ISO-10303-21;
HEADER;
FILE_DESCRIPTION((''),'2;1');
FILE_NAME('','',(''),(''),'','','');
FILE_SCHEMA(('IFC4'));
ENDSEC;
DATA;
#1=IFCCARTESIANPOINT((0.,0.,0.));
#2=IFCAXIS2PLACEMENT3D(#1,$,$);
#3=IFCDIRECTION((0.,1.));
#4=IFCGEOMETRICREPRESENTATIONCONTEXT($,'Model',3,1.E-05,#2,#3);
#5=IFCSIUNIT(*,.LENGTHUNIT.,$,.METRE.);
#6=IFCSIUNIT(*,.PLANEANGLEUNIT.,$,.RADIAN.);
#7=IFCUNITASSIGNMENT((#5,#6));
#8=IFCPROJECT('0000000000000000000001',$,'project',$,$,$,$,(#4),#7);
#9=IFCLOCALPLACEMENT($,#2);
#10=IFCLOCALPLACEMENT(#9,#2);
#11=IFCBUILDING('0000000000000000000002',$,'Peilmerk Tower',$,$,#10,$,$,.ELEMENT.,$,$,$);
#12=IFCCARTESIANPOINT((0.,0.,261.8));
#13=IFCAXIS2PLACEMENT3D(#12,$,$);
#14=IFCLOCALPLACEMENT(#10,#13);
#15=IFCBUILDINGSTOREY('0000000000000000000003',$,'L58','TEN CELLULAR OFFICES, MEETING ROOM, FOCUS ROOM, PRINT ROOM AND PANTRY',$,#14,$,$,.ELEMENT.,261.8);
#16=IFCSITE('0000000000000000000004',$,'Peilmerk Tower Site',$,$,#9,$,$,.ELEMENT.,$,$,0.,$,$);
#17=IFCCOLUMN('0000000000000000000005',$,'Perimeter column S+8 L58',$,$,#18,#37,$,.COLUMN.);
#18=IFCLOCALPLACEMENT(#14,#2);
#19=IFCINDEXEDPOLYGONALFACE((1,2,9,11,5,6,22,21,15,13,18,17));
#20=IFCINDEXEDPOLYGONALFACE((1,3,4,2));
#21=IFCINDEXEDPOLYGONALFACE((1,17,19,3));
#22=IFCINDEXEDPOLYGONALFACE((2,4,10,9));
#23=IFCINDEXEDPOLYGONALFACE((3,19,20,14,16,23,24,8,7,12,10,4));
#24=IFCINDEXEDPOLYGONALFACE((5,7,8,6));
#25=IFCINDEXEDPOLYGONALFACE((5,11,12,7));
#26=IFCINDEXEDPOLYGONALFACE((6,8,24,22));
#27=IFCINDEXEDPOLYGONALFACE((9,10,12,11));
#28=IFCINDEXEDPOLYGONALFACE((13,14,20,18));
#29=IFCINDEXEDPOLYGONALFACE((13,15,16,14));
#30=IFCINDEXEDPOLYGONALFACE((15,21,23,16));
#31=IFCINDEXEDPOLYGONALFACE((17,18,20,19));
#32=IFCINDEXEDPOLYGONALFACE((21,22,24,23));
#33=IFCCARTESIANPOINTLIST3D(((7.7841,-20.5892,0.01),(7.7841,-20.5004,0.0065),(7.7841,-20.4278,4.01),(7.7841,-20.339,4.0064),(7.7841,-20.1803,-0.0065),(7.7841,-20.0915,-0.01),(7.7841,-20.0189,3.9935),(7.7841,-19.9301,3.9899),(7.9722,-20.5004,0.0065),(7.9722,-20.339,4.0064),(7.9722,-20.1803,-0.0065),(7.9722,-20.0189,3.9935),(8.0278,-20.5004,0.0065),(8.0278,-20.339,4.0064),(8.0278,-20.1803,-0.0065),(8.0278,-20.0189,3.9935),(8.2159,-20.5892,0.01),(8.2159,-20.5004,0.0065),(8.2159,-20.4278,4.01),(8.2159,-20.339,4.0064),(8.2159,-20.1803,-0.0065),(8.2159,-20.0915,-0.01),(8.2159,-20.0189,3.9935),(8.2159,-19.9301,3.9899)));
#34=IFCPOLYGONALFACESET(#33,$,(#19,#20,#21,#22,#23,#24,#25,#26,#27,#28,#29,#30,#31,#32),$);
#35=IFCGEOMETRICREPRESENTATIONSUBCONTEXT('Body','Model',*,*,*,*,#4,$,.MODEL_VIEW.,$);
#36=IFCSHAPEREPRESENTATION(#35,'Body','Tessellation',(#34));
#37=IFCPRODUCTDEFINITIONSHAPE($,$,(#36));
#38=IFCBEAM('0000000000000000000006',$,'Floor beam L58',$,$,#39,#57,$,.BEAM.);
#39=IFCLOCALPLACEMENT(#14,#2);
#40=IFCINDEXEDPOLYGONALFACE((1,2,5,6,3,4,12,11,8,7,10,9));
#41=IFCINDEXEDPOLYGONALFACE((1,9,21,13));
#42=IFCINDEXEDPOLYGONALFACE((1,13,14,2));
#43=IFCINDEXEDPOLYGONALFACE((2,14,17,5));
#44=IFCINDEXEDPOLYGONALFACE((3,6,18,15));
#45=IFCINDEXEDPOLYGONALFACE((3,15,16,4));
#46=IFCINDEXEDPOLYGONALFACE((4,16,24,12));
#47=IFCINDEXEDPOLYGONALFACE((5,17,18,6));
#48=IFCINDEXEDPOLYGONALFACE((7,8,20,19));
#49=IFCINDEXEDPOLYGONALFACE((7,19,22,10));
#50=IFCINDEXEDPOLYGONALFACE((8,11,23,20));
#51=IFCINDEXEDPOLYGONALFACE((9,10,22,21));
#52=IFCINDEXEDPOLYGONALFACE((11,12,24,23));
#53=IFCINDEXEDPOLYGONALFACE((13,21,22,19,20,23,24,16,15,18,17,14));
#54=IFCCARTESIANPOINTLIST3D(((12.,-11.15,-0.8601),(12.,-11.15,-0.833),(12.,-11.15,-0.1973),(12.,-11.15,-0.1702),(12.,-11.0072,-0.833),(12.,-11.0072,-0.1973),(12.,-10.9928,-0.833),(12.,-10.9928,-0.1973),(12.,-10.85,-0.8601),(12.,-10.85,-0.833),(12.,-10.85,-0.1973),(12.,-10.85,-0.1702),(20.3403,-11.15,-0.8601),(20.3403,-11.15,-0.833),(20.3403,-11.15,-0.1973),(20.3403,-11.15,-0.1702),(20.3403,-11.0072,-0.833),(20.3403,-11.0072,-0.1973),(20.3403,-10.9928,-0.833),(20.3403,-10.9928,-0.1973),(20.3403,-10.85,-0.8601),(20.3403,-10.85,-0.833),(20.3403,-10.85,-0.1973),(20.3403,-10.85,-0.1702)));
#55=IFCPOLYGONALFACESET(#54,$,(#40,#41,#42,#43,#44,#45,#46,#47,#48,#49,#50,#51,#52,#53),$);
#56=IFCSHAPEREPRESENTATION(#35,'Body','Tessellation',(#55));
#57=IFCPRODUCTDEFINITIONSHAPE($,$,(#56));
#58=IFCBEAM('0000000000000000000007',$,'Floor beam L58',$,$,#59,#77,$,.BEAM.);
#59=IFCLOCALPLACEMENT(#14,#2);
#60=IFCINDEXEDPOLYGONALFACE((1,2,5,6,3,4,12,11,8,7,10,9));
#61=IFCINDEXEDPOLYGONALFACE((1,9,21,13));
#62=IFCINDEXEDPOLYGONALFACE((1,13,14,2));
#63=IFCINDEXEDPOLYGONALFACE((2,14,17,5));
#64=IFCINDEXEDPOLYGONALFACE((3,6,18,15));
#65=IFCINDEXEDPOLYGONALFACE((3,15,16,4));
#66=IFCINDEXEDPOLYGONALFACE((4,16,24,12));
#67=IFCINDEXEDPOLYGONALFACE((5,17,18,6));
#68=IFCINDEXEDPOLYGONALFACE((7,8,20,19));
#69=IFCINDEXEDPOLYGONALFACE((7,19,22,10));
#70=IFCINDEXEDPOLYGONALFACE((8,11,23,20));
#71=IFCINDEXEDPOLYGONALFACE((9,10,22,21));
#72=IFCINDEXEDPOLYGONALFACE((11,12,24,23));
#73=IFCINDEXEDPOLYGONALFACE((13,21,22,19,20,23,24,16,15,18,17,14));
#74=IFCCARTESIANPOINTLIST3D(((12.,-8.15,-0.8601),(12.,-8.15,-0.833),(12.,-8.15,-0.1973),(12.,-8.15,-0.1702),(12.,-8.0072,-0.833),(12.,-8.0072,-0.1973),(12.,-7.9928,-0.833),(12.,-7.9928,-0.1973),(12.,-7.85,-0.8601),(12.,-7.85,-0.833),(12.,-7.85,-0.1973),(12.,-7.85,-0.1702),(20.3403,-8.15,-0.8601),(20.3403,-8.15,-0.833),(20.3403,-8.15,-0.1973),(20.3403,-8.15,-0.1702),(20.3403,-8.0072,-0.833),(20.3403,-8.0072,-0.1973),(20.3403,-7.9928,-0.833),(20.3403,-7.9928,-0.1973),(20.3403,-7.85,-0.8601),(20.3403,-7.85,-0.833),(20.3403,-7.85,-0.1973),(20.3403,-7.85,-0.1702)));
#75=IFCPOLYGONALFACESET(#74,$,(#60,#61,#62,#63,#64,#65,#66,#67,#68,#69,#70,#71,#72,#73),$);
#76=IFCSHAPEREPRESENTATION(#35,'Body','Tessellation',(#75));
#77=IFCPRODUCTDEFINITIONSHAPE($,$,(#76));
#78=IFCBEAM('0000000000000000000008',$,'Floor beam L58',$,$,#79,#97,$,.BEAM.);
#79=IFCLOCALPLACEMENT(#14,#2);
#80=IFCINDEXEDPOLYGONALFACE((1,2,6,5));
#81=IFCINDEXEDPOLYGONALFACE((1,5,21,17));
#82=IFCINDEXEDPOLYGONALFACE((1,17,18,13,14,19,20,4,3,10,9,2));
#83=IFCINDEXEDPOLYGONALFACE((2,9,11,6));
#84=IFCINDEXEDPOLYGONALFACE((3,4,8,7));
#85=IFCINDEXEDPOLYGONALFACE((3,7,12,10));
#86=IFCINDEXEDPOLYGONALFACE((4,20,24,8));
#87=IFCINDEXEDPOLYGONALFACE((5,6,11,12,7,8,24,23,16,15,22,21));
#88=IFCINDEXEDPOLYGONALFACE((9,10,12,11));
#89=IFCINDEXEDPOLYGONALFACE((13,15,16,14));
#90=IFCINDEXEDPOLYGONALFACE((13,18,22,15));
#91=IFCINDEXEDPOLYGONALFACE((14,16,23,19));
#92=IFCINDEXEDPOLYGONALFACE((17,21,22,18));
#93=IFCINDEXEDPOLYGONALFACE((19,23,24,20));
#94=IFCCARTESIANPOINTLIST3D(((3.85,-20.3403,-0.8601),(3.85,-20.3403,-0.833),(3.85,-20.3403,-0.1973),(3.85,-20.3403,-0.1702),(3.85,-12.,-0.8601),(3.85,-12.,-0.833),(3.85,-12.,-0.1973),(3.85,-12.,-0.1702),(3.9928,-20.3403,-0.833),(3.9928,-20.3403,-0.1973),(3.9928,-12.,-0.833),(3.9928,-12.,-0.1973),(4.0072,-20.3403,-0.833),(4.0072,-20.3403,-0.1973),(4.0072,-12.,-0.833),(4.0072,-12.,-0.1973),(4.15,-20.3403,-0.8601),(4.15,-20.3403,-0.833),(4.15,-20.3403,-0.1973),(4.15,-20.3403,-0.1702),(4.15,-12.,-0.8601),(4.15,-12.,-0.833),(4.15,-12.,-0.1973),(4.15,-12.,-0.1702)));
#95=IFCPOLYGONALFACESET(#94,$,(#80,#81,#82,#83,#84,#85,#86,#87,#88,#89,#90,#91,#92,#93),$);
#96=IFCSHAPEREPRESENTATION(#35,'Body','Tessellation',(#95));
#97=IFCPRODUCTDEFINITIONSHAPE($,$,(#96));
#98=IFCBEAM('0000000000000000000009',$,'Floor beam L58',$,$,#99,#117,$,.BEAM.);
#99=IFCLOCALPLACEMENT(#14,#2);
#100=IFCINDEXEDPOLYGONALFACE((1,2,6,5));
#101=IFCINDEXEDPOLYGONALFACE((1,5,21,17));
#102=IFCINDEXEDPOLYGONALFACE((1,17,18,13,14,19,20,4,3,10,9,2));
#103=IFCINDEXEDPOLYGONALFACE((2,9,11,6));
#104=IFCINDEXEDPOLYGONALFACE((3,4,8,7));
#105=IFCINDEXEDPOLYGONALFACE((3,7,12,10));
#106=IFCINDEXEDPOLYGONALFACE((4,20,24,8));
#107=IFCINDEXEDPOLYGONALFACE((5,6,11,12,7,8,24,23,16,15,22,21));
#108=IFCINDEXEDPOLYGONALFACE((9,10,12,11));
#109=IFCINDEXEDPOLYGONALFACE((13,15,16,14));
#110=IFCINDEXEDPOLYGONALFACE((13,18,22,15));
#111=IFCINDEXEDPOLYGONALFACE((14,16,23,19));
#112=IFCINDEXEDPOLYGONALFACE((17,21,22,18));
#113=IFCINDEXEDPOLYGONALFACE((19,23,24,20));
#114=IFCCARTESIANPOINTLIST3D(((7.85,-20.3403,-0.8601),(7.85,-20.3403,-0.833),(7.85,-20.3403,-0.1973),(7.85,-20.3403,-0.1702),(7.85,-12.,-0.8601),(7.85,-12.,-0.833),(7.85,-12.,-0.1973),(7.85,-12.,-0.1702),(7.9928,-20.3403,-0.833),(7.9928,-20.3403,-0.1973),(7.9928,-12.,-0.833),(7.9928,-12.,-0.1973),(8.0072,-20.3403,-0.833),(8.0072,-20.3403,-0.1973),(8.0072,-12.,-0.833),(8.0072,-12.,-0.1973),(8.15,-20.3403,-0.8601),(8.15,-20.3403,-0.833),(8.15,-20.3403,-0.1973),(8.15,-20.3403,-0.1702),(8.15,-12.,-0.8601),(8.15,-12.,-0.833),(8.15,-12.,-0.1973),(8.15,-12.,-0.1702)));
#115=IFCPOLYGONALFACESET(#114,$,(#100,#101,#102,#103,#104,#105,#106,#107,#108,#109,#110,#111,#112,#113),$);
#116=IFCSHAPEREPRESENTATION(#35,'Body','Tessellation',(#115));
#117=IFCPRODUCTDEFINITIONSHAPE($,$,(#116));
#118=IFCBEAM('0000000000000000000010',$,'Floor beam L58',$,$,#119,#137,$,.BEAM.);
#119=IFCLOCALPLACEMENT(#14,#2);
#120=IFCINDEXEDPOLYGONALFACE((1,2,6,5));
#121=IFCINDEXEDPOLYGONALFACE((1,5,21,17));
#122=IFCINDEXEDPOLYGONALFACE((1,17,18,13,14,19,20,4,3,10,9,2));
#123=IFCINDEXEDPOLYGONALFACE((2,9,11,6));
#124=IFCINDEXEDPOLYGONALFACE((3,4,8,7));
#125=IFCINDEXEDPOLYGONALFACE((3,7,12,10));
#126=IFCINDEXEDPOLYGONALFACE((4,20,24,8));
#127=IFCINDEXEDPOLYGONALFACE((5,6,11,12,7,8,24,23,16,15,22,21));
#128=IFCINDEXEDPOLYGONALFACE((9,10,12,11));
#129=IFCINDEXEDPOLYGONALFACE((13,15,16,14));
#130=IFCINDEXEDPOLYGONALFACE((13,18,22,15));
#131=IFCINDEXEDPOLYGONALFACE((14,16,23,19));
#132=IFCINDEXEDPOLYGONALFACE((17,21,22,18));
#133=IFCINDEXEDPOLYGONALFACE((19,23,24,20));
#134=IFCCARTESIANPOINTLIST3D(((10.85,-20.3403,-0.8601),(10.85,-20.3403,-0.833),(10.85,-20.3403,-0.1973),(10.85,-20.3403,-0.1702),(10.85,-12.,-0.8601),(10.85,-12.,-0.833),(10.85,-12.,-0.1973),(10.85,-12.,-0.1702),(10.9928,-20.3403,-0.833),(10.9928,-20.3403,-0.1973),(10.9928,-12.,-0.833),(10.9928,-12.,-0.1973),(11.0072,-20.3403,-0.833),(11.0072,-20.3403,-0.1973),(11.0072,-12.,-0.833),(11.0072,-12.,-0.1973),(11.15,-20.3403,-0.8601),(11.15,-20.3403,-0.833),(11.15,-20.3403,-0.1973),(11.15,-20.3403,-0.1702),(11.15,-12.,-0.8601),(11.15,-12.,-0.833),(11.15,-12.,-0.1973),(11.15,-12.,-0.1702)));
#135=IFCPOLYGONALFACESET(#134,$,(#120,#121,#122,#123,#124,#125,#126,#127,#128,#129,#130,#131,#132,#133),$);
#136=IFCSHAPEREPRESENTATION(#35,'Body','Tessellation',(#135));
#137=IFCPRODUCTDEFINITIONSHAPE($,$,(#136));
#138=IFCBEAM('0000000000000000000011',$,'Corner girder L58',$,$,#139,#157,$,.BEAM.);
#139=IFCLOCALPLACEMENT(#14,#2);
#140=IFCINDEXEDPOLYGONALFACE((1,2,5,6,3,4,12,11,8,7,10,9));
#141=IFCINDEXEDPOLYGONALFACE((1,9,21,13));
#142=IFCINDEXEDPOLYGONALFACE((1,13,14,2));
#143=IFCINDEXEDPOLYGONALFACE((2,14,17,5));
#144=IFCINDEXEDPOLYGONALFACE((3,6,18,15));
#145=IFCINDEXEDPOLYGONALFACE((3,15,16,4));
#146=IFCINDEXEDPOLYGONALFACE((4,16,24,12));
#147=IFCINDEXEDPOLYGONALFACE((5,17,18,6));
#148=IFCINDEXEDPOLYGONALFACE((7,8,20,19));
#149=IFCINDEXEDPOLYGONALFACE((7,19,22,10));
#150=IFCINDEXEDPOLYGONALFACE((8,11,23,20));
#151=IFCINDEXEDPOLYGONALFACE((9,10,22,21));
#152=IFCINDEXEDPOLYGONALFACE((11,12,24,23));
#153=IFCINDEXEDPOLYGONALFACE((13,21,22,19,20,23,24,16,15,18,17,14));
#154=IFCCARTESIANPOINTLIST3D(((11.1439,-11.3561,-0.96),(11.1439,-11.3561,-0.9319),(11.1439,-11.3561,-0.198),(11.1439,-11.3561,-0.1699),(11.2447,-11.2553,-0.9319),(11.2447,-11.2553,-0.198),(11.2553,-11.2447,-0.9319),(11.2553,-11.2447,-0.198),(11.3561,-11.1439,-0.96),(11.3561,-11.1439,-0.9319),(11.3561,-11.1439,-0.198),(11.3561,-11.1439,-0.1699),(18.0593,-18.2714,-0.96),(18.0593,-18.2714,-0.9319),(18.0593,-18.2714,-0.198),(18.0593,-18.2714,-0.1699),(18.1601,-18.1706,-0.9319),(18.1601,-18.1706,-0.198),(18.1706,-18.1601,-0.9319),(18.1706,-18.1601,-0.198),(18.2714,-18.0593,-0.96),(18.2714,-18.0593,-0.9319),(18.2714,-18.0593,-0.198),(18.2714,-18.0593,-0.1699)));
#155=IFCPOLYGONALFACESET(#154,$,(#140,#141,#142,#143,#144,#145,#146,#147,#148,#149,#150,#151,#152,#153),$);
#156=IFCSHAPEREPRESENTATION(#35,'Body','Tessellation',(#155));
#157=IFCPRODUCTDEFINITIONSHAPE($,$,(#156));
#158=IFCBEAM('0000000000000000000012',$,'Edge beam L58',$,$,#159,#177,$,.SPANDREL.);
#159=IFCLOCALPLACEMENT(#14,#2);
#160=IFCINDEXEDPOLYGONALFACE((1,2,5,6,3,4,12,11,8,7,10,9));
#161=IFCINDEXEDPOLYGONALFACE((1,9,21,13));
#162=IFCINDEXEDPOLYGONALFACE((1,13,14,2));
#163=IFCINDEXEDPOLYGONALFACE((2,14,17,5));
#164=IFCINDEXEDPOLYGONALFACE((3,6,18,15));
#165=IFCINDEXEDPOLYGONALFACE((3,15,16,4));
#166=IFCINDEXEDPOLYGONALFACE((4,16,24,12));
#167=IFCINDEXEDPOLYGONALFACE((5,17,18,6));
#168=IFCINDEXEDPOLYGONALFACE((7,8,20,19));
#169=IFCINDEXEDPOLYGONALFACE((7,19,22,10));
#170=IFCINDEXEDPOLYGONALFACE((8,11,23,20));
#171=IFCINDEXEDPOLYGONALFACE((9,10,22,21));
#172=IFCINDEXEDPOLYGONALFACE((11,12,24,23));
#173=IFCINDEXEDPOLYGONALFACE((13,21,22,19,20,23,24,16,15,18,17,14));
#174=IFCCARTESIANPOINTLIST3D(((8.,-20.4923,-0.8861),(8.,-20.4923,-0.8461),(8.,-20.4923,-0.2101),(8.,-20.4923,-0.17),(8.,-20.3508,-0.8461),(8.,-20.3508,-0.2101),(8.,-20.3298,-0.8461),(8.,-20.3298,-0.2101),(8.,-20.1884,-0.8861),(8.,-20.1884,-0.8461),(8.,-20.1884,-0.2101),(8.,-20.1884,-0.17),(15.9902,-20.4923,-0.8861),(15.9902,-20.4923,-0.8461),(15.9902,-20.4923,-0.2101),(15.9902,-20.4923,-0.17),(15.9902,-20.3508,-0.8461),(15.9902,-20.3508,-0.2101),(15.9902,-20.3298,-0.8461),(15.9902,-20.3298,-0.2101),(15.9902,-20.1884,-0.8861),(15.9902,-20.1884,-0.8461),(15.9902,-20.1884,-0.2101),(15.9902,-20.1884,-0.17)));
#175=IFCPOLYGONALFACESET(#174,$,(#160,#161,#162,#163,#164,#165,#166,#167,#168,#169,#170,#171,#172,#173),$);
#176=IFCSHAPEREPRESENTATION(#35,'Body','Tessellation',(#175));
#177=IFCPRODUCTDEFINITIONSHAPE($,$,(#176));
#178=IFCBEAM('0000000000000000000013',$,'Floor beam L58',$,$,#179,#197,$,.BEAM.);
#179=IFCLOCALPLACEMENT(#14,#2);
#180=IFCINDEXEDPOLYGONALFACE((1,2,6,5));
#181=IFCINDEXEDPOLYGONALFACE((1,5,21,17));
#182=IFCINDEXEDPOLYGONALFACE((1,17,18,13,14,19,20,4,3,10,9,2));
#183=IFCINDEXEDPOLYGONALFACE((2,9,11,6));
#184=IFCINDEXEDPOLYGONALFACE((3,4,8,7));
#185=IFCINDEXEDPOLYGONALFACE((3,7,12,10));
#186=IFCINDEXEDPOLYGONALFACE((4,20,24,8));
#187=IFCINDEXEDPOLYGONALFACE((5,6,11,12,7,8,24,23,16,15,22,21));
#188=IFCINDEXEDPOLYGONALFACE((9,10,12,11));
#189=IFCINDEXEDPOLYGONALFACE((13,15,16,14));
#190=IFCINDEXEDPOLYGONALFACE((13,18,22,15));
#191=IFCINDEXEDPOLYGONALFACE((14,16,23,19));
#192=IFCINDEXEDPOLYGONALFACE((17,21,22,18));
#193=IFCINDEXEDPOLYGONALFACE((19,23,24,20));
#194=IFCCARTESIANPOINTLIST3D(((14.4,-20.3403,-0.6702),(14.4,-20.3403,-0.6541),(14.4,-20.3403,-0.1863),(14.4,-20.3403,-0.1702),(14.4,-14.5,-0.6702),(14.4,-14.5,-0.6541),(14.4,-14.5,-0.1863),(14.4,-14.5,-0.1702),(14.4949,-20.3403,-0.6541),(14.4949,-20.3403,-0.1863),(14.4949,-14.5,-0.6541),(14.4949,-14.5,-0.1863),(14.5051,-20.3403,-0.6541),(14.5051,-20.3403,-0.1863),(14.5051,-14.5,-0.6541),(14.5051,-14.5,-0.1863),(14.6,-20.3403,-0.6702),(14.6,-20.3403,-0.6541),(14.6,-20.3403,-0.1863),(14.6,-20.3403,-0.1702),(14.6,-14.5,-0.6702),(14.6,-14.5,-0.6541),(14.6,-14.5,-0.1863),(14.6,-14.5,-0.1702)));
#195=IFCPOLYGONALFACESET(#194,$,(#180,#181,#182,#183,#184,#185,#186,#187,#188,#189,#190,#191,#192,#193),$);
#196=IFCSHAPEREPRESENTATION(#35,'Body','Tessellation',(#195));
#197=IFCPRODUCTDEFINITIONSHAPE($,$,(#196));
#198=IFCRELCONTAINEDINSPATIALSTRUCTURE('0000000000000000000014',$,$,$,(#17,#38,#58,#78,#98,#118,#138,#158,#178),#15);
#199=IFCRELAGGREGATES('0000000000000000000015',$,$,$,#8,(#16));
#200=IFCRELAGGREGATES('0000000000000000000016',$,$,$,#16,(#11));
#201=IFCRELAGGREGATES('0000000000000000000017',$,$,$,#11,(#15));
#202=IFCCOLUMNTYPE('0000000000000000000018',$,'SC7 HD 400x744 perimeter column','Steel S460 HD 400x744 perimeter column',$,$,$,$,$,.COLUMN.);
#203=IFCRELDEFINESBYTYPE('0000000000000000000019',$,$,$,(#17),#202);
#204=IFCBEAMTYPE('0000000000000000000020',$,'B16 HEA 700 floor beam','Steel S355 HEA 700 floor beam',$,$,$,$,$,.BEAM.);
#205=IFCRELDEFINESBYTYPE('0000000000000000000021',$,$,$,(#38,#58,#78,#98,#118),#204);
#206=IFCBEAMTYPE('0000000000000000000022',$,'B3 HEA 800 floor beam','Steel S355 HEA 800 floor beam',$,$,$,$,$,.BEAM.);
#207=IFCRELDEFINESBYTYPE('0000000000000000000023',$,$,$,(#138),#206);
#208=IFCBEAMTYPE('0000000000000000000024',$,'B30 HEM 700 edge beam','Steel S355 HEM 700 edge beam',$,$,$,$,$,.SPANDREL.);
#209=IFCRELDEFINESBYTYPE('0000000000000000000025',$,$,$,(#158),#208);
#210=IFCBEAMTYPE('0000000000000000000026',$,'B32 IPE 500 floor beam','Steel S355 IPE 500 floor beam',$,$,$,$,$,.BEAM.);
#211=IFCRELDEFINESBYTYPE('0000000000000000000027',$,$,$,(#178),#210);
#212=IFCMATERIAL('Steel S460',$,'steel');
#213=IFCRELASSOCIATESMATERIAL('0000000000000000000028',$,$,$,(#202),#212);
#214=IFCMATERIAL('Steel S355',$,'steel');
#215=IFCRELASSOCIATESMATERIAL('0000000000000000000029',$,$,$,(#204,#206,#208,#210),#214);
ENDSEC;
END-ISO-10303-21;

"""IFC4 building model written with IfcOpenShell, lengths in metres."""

from ifc_helpers import new_model, si_unit, direction, frame, origin, origin_2d, place, context, subcontext, project, spatial, i_section, extrude, material, material_profile, profile_set, type_object, element, save


model = new_model("IFC4")

# Units and contexts
model_context = context("Model", 3, precision=1e-05, world=origin(), true_north=direction((0.0, 1.0)))
body_context = subcontext(model_context, "Body", "Model", "MODEL_VIEW")
ifc_project = project(units=[si_unit("LENGTHUNIT", "METRE"), si_unit("PLANEANGLEUNIT", "RADIAN")], contexts=[model_context])

# Site, building, storey
site_placement = place(None, origin())
site = spatial("IfcSite", under=ifc_project, at=site_placement, Name="Peilmerk Tower Site", CompositionType="ELEMENT", RefElevation=0.0)
building_placement = place(site_placement, origin())
building = spatial("IfcBuilding", under=site, at=building_placement, Name="Peilmerk Tower", CompositionType="ELEMENT")
storey_placement = place(building_placement, frame((0.0, 0.0, 261.8)))
storey = spatial("IfcBuildingStorey", under=building, at=storey_placement, Name="L58", Description="TEN CELLULAR OFFICES, MEETING ROOM, FOCUS ROOM, PRINT ROOM AND PANTRY", CompositionType="ELEMENT", Elevation=261.8)

# Column
ifc_material_1 = material(Name="Steel S460", Category="steel")
ifc_material_profile_1 = material_profile(ifc_material_1, i_section(OverallWidth=0.4319, OverallDepth=0.498, WebThickness=0.0557, FlangeThickness=0.0889, at=origin_2d()), Name="HD 400x744")
ifc_profile_set_1 = profile_set([ifc_material_profile_1], Name="Steel S460")
column_type = type_object("IfcColumnType", Name="SC7 HD 400x744 perimeter column", Description="Steel S460 HD 400x744 perimeter column", PredefinedType="COLUMN", material=ifc_profile_set_1)
column_placement = place(storey_placement, frame((8.0, -20.3403, 0.0), z_axis=(0.0, 0.040311, 0.999187), x_axis=(-1.0, 0.0, 0.0)))
element("IfcColumn", 1, at=column_placement, inside=storey, type_object=column_type, Name="Perimeter column S+8 L58", PredefinedType="COLUMN", context=body_context, shape_type="SweptSolid", body=[
    extrude(i_section(OverallWidth=0.4319, OverallDepth=0.498, WebThickness=0.0557, FlangeThickness=0.0889, at=origin_2d()), origin(), (0.0, 0.0, 1.0), 4.0032),
])

# Beams
ifc_material_2 = material(Name="Steel S355", Category="steel")
ifc_material_profile_2 = material_profile(ifc_material_2, i_section(OverallWidth=0.3, OverallDepth=0.6899, WebThickness=0.0144, FlangeThickness=0.0271, at=origin_2d()), Name="HEA 700")
ifc_profile_set_2 = profile_set([ifc_material_profile_2], Name="Steel S355")
beam_type_1 = type_object("IfcBeamType", Name="B16 HEA 700 floor beam", Description="Steel S355 HEA 700 floor beam", PredefinedType="BEAM", material=ifc_profile_set_2)
for number, where, z_axis, x_axis, name in (
    (2, (12.0, -11.0, -0.5151), (1.0, 0.0, 0.0), (0.0, 1.0, 0.0), "Floor beam L58"),
    (3, (12.0, -8.0, -0.5151), (1.0, 0.0, 0.0), (0.0, 1.0, 0.0), "Floor beam L58"),
    (4, (4.0, -12.0, -0.5151), (0.0, -1.0, 0.0), (1.0, 0.0, 0.0), "Floor beam L58"),
    (5, (8.0, -12.0, -0.5151), (0.0, -1.0, 0.0), (1.0, 0.0, 0.0), "Floor beam L58"),
    (6, (11.0, -12.0, -0.5151), (0.0, -1.0, 0.0), (1.0, 0.0, 0.0), "Floor beam L58"),
):
    element("IfcBeam", number, at=place(storey_placement, frame(where, z_axis=z_axis, x_axis=x_axis)), inside=storey, type_object=beam_type_1, Name=name, PredefinedType="BEAM", context=body_context, shape_type="SweptSolid", body=[
        extrude(i_section(OverallWidth=0.3, OverallDepth=0.6899, WebThickness=0.0144, FlangeThickness=0.0271, at=origin_2d()), origin(), (0.0, 0.0, 1.0), 8.3403),
    ])
ifc_material_profile_3 = material_profile(ifc_material_2, i_section(OverallWidth=0.3, OverallDepth=0.79, WebThickness=0.0149, FlangeThickness=0.0281, at=origin_2d()), Name="HEA 800")
ifc_profile_set_3 = profile_set([ifc_material_profile_3], Name="Steel S355")
beam_type_2 = type_object("IfcBeamType", Name="B3 HEA 800 floor beam", Description="Steel S355 HEA 800 floor beam", PredefinedType="BEAM", material=ifc_profile_set_3)
beam_1_placement = place(storey_placement, frame((11.25, -11.25, -0.5649), z_axis=(0.707107, -0.707107, 0.0), x_axis=(0.707107, 0.707107, 0.0)))
element("IfcBeam", 7, at=beam_1_placement, inside=storey, type_object=beam_type_2, Name="Corner girder L58", PredefinedType="BEAM", context=body_context, shape_type="SweptSolid", body=[
    extrude(i_section(OverallWidth=0.3, OverallDepth=0.79, WebThickness=0.0149, FlangeThickness=0.0281, at=origin_2d()), origin(), (0.0, 0.0, 1.0), 9.7798),
])
ifc_material_profile_4 = material_profile(ifc_material_2, i_section(OverallWidth=0.304, OverallDepth=0.7161, WebThickness=0.021, FlangeThickness=0.04, at=origin_2d()), Name="HEM 700")
ifc_profile_set_4 = profile_set([ifc_material_profile_4], Name="Steel S355")
beam_type_3 = type_object("IfcBeamType", Name="B30 HEM 700 edge beam", Description="Steel S355 HEM 700 edge beam", PredefinedType="SPANDREL", material=ifc_profile_set_4)
beam_2_placement = place(storey_placement, frame((8.0, -20.3403, -0.5281), z_axis=(1.0, 0.0, 0.0), x_axis=(0.0, 1.0, 0.0)))
element("IfcBeam", 8, at=beam_2_placement, inside=storey, type_object=beam_type_3, Name="Edge beam L58", PredefinedType="SPANDREL", context=body_context, shape_type="SweptSolid", body=[
    extrude(i_section(OverallWidth=0.304, OverallDepth=0.7161, WebThickness=0.021, FlangeThickness=0.04, at=origin_2d()), origin(), (0.0, 0.0, 1.0), 7.9902),
])
ifc_material_profile_5 = material_profile(ifc_material_2, i_section(OverallWidth=0.2, OverallDepth=0.5, WebThickness=0.0103, FlangeThickness=0.0161, at=origin_2d()), Name="IPE 500")
ifc_profile_set_5 = profile_set([ifc_material_profile_5], Name="Steel S355")
beam_type_4 = type_object("IfcBeamType", Name="B32 IPE 500 floor beam", Description="Steel S355 IPE 500 floor beam", PredefinedType="BEAM", material=ifc_profile_set_5)
for number, where, z_axis, x_axis, name in (
    (9, (14.5, -14.5, -0.4202), (0.0, -1.0, 0.0), (1.0, 0.0, 0.0), "Floor beam L58"),
):
    element("IfcBeam", number, at=place(storey_placement, frame(where, z_axis=z_axis, x_axis=x_axis)), inside=storey, type_object=beam_type_4, Name=name, PredefinedType="BEAM", context=body_context, shape_type="SweptSolid", body=[
        extrude(i_section(OverallWidth=0.2, OverallDepth=0.5, WebThickness=0.0103, FlangeThickness=0.0161, at=origin_2d()), origin(), (0.0, 0.0, 1.0), 5.8403),
    ])

save(model, "model.ifc")
